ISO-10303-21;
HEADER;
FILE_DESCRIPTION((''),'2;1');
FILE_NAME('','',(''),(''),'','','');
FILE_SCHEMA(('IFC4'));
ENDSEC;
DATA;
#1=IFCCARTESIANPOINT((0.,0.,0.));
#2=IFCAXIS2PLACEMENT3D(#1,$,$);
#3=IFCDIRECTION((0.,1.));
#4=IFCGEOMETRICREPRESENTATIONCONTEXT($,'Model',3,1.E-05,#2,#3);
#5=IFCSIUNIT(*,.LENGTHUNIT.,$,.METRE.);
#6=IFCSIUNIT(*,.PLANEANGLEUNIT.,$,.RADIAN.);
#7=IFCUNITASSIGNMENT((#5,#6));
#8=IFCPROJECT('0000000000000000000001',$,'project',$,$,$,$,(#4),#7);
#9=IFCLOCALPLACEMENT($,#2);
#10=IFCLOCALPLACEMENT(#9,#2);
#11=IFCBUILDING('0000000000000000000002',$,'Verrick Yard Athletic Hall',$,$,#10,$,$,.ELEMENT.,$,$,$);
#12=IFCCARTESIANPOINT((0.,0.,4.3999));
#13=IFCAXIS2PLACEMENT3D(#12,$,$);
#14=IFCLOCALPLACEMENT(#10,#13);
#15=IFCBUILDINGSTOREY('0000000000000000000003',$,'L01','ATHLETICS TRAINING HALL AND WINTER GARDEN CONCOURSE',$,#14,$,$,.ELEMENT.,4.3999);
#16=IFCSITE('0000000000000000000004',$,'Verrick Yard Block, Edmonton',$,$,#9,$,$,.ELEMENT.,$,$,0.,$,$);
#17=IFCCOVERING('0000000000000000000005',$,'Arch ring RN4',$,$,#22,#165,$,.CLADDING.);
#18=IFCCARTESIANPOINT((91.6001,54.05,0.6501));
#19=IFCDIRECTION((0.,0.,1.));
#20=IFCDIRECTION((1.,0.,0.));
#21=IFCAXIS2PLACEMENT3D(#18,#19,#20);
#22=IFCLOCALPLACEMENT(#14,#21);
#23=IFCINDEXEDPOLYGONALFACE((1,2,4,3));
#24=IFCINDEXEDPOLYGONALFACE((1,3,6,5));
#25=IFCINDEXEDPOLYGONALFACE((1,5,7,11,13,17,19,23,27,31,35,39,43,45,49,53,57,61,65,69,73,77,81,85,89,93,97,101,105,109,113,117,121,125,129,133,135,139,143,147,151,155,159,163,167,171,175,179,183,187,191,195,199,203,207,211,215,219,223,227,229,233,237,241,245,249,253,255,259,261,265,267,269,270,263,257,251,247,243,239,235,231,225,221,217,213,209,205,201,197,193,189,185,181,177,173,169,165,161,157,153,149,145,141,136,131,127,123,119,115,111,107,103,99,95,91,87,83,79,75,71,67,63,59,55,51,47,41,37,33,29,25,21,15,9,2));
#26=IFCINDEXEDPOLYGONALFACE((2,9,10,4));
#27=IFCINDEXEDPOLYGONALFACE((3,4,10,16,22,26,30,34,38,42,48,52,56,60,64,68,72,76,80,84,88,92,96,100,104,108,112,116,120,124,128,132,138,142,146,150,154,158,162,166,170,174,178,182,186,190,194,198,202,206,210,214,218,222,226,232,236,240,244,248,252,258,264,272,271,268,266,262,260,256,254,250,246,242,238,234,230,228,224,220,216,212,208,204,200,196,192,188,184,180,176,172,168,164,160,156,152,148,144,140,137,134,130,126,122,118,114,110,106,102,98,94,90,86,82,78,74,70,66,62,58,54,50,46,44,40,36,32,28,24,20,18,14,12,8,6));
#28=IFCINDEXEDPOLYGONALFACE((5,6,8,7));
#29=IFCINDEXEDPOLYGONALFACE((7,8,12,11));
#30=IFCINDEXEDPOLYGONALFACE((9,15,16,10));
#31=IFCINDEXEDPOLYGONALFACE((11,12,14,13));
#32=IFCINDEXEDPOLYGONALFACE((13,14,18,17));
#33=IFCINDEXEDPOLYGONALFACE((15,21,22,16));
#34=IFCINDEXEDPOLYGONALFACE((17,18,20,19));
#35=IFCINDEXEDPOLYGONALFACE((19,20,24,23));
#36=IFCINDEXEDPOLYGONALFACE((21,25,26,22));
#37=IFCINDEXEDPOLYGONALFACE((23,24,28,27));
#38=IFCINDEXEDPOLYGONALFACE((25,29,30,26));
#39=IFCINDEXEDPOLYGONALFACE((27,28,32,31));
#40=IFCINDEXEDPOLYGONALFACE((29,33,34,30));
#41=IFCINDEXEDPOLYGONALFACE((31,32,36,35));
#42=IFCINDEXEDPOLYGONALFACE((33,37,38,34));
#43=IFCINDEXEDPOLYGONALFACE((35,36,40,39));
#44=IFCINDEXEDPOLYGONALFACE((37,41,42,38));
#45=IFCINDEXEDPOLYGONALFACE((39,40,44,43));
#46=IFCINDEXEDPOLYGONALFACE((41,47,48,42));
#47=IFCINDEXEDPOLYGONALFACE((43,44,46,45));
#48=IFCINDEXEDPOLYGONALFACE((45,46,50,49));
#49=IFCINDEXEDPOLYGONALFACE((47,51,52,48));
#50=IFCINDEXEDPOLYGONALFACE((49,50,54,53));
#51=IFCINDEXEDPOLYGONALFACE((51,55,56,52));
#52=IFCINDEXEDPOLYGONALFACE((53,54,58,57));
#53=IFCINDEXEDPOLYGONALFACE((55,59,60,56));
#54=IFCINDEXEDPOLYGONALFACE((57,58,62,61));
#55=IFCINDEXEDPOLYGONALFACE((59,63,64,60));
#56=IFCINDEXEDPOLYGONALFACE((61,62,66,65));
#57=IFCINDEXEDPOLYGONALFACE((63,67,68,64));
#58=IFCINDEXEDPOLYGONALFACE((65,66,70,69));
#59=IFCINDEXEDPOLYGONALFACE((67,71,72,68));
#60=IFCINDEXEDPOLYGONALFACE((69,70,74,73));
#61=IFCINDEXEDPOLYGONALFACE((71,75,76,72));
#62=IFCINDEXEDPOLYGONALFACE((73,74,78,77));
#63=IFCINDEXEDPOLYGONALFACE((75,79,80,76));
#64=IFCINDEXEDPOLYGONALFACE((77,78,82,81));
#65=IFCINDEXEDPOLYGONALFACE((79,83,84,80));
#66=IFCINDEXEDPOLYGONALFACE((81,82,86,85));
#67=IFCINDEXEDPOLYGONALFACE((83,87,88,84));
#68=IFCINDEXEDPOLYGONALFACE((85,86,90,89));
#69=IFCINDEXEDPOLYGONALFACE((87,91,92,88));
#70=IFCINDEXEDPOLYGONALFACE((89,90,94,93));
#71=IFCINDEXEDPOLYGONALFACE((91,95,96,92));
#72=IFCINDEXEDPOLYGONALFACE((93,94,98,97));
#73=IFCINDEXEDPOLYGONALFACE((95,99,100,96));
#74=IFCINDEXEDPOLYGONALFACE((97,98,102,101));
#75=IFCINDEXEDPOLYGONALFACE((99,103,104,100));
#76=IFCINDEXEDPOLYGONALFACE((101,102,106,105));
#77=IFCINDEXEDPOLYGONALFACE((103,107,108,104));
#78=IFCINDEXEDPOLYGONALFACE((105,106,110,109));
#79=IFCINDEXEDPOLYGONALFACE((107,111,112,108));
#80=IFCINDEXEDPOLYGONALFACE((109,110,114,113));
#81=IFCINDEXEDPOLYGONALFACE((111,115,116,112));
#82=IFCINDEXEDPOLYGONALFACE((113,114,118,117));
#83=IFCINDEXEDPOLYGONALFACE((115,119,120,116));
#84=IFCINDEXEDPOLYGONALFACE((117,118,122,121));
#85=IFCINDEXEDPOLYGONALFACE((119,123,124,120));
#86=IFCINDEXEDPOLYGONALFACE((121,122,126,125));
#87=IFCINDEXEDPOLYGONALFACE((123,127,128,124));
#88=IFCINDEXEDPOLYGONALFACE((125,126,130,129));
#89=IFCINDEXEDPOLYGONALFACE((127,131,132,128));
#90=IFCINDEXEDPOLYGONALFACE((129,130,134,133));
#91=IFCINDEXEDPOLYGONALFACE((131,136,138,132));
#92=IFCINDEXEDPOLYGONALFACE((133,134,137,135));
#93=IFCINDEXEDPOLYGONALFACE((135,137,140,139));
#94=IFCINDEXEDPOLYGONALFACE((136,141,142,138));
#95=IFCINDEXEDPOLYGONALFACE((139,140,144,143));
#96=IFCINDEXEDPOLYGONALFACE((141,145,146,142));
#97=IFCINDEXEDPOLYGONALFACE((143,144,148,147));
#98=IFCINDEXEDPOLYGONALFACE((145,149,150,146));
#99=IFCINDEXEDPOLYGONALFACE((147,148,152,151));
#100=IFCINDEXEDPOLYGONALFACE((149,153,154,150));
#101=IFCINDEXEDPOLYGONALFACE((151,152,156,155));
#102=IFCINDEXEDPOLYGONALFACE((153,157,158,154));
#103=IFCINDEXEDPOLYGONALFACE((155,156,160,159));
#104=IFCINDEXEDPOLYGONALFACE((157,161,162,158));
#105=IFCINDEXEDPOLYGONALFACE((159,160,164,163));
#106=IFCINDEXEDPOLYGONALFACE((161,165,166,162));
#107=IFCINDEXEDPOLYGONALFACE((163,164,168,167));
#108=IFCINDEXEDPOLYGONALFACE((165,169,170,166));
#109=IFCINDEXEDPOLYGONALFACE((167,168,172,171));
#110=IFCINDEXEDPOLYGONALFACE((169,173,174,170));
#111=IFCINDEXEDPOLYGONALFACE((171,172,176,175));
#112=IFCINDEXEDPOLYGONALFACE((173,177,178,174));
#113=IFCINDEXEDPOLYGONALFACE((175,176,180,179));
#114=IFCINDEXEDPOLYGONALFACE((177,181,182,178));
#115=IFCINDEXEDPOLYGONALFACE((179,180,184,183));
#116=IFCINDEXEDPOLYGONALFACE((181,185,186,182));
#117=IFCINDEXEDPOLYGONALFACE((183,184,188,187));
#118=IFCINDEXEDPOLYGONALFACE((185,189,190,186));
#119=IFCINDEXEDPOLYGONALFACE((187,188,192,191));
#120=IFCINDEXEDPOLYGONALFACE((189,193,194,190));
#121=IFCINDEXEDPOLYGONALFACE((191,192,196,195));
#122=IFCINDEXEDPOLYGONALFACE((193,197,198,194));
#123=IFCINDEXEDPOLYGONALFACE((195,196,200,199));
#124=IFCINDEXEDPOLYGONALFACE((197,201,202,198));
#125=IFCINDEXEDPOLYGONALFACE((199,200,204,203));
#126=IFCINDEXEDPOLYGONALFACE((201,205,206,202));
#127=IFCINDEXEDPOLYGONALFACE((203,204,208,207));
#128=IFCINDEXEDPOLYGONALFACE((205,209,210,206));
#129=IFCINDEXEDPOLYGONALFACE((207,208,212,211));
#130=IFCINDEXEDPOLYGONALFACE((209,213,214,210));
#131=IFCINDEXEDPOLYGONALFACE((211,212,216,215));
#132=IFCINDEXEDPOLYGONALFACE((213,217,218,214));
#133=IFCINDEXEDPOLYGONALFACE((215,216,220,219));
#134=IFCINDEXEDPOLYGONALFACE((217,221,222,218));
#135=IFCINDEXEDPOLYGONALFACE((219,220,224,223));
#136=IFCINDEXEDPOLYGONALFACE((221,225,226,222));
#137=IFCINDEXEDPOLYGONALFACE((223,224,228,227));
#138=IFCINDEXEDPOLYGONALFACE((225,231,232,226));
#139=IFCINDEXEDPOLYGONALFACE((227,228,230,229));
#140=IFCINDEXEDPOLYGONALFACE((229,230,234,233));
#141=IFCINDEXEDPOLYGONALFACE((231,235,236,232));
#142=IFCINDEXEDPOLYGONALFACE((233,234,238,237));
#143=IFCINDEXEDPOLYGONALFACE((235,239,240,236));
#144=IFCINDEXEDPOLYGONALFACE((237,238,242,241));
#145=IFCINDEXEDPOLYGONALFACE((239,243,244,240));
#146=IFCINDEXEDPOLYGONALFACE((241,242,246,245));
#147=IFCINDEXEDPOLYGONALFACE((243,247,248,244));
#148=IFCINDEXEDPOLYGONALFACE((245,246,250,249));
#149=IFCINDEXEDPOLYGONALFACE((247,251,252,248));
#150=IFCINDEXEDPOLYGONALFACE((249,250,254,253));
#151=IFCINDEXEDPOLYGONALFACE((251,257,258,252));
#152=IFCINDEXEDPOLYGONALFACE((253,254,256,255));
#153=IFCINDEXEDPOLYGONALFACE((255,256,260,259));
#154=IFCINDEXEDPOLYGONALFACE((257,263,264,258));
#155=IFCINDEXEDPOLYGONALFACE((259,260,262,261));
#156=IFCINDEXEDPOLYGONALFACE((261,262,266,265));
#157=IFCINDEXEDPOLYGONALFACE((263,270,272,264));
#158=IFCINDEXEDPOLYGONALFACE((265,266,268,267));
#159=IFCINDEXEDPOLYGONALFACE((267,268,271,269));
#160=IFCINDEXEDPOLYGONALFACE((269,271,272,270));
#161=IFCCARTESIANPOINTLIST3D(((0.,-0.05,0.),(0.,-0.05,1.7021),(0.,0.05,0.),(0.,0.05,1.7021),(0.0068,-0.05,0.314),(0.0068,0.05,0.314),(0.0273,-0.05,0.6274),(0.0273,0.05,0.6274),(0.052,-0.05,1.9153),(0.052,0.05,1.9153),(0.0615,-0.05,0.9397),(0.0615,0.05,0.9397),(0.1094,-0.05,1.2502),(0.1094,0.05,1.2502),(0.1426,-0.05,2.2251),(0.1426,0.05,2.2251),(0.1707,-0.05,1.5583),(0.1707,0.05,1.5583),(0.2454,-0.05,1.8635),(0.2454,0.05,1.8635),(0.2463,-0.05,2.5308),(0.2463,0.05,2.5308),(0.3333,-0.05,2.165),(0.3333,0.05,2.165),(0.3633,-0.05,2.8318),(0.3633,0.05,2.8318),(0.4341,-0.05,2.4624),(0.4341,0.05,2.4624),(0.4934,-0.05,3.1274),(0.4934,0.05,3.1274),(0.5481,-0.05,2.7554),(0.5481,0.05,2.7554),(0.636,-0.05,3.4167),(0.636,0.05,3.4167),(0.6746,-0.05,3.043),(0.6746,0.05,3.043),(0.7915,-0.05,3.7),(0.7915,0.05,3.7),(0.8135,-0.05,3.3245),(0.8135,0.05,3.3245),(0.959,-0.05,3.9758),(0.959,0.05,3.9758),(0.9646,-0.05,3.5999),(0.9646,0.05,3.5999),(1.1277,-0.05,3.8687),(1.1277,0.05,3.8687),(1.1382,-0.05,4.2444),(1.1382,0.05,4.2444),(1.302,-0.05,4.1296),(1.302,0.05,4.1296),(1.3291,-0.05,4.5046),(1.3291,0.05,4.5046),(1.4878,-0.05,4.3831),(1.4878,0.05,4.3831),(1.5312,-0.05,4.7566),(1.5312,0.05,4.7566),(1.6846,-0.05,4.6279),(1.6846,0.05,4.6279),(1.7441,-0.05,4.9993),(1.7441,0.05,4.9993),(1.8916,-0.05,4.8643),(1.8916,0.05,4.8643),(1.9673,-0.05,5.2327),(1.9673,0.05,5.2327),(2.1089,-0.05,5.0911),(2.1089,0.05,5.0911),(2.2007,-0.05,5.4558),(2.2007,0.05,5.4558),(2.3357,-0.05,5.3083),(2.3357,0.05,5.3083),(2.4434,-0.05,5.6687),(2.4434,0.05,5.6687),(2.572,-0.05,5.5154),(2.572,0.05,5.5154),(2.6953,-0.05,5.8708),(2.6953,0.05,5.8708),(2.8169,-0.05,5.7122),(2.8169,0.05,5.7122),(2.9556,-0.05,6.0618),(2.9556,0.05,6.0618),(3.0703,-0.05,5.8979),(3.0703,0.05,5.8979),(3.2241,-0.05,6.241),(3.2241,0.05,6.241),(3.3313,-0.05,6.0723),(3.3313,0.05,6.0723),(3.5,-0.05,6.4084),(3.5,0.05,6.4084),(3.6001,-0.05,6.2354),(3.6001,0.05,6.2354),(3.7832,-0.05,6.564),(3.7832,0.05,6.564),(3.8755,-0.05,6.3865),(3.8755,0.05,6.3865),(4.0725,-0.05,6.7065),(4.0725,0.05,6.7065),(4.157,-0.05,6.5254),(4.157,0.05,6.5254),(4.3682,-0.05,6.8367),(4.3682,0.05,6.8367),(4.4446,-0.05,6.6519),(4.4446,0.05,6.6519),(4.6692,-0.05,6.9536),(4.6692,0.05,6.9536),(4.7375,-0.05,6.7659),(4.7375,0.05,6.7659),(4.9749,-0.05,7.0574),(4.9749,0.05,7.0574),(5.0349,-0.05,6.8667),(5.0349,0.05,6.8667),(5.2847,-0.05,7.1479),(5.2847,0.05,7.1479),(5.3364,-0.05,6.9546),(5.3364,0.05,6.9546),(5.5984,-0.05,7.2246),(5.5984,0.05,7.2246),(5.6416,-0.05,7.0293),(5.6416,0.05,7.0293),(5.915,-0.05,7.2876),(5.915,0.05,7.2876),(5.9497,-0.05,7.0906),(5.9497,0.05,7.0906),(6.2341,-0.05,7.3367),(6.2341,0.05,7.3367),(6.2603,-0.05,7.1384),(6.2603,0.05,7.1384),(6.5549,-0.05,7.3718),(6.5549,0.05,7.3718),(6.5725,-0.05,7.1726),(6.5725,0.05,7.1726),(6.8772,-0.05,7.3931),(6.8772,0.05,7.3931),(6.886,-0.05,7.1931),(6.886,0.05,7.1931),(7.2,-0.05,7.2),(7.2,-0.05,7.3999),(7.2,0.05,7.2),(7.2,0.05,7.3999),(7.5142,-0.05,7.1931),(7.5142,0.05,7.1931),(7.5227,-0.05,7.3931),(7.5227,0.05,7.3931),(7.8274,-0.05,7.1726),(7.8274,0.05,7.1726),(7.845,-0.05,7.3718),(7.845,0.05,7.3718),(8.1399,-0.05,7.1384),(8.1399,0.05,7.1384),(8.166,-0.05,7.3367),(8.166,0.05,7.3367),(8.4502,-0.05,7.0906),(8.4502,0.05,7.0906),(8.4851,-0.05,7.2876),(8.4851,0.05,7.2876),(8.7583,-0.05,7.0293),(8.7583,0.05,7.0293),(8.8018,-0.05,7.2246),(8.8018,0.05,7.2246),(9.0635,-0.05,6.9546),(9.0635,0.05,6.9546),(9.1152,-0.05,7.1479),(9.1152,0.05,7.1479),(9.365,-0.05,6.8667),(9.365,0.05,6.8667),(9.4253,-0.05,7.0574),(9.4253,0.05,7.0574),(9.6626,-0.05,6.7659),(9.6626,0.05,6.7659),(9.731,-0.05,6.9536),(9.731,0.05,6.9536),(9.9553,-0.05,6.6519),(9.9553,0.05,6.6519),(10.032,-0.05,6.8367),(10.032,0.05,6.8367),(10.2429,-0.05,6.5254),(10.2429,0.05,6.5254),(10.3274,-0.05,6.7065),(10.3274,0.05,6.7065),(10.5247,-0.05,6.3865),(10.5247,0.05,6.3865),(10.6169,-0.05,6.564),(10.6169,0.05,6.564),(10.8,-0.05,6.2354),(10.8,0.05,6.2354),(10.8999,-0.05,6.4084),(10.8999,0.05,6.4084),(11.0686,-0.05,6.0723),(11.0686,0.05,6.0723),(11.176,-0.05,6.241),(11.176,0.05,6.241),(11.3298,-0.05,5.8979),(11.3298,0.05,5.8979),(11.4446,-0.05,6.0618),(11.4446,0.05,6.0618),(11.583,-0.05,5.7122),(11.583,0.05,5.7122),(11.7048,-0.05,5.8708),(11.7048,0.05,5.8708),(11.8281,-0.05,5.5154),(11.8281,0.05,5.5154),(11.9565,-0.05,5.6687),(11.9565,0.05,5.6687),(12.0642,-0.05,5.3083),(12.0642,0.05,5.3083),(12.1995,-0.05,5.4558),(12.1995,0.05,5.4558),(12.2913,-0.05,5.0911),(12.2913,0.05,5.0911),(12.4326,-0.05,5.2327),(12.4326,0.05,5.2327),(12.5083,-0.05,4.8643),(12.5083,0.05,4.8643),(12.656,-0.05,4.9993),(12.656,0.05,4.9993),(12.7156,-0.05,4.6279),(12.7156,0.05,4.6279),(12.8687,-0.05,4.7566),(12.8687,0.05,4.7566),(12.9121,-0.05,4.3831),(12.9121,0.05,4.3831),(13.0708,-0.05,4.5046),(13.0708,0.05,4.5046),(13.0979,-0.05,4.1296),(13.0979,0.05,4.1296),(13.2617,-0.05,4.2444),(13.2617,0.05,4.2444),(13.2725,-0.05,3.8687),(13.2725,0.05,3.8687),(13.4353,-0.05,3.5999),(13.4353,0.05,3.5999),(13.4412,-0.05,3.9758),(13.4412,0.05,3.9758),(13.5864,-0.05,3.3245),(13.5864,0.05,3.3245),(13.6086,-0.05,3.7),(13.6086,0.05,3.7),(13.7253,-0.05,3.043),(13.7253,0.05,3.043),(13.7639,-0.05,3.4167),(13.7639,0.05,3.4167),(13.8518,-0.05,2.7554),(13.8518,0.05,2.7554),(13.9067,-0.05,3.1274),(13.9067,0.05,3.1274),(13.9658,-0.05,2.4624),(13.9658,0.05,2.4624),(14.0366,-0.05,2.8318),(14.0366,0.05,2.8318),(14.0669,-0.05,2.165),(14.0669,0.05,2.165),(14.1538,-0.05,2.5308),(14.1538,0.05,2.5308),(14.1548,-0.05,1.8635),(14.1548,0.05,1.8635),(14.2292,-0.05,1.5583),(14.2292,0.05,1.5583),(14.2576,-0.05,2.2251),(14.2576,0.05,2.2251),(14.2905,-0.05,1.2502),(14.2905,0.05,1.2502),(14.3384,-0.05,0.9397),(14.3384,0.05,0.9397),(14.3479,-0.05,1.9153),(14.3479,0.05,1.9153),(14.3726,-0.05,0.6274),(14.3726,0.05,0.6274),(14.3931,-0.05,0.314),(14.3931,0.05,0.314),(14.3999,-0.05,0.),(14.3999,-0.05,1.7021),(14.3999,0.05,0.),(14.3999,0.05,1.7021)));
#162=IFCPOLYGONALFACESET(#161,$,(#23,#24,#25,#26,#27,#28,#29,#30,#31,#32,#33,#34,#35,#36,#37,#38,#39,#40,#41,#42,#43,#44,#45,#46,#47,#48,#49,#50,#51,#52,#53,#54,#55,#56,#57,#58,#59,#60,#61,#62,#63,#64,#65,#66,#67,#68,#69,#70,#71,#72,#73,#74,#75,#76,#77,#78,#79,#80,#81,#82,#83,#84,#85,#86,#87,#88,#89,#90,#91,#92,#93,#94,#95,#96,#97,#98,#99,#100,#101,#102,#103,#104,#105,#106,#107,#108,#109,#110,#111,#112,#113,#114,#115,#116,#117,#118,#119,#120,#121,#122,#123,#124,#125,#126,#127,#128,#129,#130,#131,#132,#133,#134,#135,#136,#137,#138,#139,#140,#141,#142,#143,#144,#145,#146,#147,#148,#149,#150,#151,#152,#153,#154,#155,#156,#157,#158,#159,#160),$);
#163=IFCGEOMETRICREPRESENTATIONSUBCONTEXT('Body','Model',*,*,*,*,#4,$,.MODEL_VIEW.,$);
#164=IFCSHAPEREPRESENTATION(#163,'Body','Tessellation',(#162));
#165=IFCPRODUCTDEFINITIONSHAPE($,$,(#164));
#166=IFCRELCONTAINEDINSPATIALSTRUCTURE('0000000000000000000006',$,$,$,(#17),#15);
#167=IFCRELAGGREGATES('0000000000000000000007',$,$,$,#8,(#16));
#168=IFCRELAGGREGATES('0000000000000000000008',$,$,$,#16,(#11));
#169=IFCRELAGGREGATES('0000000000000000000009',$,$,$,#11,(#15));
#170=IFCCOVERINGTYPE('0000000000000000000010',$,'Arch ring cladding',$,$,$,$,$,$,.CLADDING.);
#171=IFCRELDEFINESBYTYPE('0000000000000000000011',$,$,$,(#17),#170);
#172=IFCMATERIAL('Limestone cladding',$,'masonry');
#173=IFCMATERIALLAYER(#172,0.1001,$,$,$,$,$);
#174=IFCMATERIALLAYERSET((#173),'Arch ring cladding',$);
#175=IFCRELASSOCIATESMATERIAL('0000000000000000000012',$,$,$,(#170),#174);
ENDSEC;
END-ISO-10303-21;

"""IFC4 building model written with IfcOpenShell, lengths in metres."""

from ifc_helpers import new_model, si_unit, direction, frame, origin, place, context, subcontext, project, spatial, polyline, outline, extrude, material, layer, layer_set, type_object, element, save


model = new_model("IFC4")

# Units and contexts
model_context = context("Model", 3, precision=1e-05, world=origin(), true_north=direction((0.0, 1.0)))
body_context = subcontext(model_context, "Body", "Model", "MODEL_VIEW")
ifc_project = project(units=[si_unit("LENGTHUNIT", "METRE"), si_unit("PLANEANGLEUNIT", "RADIAN")], contexts=[model_context])

# Site, building, storey
site_placement = place(None, origin())
site = spatial("IfcSite", under=ifc_project, at=site_placement, Name="Verrick Yard Block, Edmonton", CompositionType="ELEMENT", RefElevation=0.0)
building_placement = place(site_placement, origin())
building = spatial("IfcBuilding", under=site, at=building_placement, Name="Verrick Yard Athletic Hall", CompositionType="ELEMENT")
storey_placement = place(building_placement, frame((0.0, 0.0, 4.3999)))
storey = spatial("IfcBuildingStorey", under=building, at=storey_placement, Name="L01", Description="ATHLETICS TRAINING HALL AND WINTER GARDEN CONCOURSE", CompositionType="ELEMENT", Elevation=4.3999)

# Covering
ifc_material_1 = material(Name="Limestone cladding", Category="masonry")
ifc_layer_1 = layer(ifc_material_1, 0.1001)
ifc_layer_set_1 = layer_set([ifc_layer_1], Name="Arch ring cladding")
covering_type_1 = type_object("IfcCoveringType", Name="Arch ring cladding", PredefinedType="CLADDING", material=ifc_layer_set_1)
covering_1_placement = place(storey_placement, frame((91.6001, 54.05, 0.6501), z_axis=(0.0, 0.0, 1.0), x_axis=(1.0, 0.0, 0.0)))
element("IfcCovering", 1, at=covering_1_placement, inside=storey, type_object=covering_type_1, Name="Arch ring RN4", PredefinedType="CLADDING", context=body_context, shape_type="SweptSolid", body=[
    extrude(outline(polyline([(0.0, 1.7021), (0.0, 0.0), (0.0068, 0.314), (0.0273, 0.6274), (0.0615, 0.9397), (0.1094, 1.2502), (0.1707, 1.5583), (0.2454, 1.8635), (0.3333, 2.165), (0.4341, 2.4624), (0.5481, 2.7554), (0.6746, 3.043), (0.8135, 3.3245), (0.9646, 3.5999), (1.1277, 3.8687), (1.302, 4.1296), (1.4878, 4.3831), (1.6846, 4.6279), (1.8916, 4.8643), (2.1089, 5.0911), (2.3357, 5.3083), (2.572, 5.5154), (2.8169, 5.7122), (3.0703, 5.8979), (3.3313, 6.0723), (3.6001, 6.2354), (3.8755, 6.3865), (4.157, 6.5254), (4.4446, 6.6519), (4.7375, 6.7659), (5.0349, 6.8667), (5.3364, 6.9546), (5.6416, 7.0293), (5.9497, 7.0906), (6.2603, 7.1384), (6.5725, 7.1726), (6.886, 7.1931), (7.2, 7.2), (7.5142, 7.1931), (7.8274, 7.1726), (8.1399, 7.1384), (8.4502, 7.0906), (8.7583, 7.0293), (9.0635, 6.9546), (9.365, 6.8667), (9.6626, 6.7659), (9.9553, 6.6519), (10.2429, 6.5254), (10.5247, 6.3865), (10.8, 6.2354), (11.0686, 6.0723), (11.3298, 5.8979), (11.583, 5.7122), (11.8281, 5.5154), (12.0642, 5.3083), (12.2913, 5.0911), (12.5083, 4.8643), (12.7156, 4.6279), (12.9121, 4.3831), (13.0979, 4.1296), (13.2725, 3.8687), (13.4353, 3.5999), (13.5864, 3.3245), (13.7253, 3.043), (13.8518, 2.7554), (13.9658, 2.4624), (14.0669, 2.165), (14.1548, 1.8635), (14.2292, 1.5583), (14.2905, 1.2502), (14.3384, 0.9397), (14.3726, 0.6274), (14.3931, 0.314), (14.3999, 0.0), (14.3999, 1.7021), (14.3479, 1.9153), (14.2576, 2.2251), (14.1538, 2.5308), (14.0366, 2.8318), (13.9067, 3.1274), (13.7639, 3.4167), (13.6086, 3.7), (13.4412, 3.9758), (13.2617, 4.2444), (13.0708, 4.5046), (12.8687, 4.7566), (12.656, 4.9993), (12.4326, 5.2327), (12.1995, 5.4558), (11.9565, 5.6687), (11.7048, 5.8708), (11.4446, 6.0618), (11.176, 6.241), (10.8999, 6.4084), (10.6169, 6.564), (10.3274, 6.7065), (10.032, 6.8367), (9.731, 6.9536), (9.4253, 7.0574), (9.1152, 7.1479), (8.8018, 7.2246), (8.4851, 7.2876), (8.166, 7.3367), (7.845, 7.3718), (7.5227, 7.3931), (7.2, 7.3999), (6.8772, 7.3931), (6.5549, 7.3718), (6.2341, 7.3367), (5.915, 7.2876), (5.5984, 7.2246), (5.2847, 7.1479), (4.9749, 7.0574), (4.6692, 6.9536), (4.3682, 6.8367), (4.0725, 6.7065), (3.7832, 6.564), (3.5, 6.4084), (3.2241, 6.241), (2.9556, 6.0618), (2.6953, 5.8708), (2.4434, 5.6687), (2.2007, 5.4558), (1.9673, 5.2327), (1.7441, 4.9993), (1.5312, 4.7566), (1.3291, 4.5046), (1.1382, 4.2444), (0.959, 3.9758), (0.7915, 3.7), (0.636, 3.4167), (0.4934, 3.1274), (0.3633, 2.8318), (0.2463, 2.5308), (0.1426, 2.2251), (0.052, 1.9153), (0.0, 1.7021)])), frame((0.0, 0.05, 0.0), z_axis=(0.0, -1.0, 0.0), x_axis=(1.0, 0.0, 0.0)), (0.0, 0.0, 1.0), 0.1001),
])

save(model, "model.ifc")
